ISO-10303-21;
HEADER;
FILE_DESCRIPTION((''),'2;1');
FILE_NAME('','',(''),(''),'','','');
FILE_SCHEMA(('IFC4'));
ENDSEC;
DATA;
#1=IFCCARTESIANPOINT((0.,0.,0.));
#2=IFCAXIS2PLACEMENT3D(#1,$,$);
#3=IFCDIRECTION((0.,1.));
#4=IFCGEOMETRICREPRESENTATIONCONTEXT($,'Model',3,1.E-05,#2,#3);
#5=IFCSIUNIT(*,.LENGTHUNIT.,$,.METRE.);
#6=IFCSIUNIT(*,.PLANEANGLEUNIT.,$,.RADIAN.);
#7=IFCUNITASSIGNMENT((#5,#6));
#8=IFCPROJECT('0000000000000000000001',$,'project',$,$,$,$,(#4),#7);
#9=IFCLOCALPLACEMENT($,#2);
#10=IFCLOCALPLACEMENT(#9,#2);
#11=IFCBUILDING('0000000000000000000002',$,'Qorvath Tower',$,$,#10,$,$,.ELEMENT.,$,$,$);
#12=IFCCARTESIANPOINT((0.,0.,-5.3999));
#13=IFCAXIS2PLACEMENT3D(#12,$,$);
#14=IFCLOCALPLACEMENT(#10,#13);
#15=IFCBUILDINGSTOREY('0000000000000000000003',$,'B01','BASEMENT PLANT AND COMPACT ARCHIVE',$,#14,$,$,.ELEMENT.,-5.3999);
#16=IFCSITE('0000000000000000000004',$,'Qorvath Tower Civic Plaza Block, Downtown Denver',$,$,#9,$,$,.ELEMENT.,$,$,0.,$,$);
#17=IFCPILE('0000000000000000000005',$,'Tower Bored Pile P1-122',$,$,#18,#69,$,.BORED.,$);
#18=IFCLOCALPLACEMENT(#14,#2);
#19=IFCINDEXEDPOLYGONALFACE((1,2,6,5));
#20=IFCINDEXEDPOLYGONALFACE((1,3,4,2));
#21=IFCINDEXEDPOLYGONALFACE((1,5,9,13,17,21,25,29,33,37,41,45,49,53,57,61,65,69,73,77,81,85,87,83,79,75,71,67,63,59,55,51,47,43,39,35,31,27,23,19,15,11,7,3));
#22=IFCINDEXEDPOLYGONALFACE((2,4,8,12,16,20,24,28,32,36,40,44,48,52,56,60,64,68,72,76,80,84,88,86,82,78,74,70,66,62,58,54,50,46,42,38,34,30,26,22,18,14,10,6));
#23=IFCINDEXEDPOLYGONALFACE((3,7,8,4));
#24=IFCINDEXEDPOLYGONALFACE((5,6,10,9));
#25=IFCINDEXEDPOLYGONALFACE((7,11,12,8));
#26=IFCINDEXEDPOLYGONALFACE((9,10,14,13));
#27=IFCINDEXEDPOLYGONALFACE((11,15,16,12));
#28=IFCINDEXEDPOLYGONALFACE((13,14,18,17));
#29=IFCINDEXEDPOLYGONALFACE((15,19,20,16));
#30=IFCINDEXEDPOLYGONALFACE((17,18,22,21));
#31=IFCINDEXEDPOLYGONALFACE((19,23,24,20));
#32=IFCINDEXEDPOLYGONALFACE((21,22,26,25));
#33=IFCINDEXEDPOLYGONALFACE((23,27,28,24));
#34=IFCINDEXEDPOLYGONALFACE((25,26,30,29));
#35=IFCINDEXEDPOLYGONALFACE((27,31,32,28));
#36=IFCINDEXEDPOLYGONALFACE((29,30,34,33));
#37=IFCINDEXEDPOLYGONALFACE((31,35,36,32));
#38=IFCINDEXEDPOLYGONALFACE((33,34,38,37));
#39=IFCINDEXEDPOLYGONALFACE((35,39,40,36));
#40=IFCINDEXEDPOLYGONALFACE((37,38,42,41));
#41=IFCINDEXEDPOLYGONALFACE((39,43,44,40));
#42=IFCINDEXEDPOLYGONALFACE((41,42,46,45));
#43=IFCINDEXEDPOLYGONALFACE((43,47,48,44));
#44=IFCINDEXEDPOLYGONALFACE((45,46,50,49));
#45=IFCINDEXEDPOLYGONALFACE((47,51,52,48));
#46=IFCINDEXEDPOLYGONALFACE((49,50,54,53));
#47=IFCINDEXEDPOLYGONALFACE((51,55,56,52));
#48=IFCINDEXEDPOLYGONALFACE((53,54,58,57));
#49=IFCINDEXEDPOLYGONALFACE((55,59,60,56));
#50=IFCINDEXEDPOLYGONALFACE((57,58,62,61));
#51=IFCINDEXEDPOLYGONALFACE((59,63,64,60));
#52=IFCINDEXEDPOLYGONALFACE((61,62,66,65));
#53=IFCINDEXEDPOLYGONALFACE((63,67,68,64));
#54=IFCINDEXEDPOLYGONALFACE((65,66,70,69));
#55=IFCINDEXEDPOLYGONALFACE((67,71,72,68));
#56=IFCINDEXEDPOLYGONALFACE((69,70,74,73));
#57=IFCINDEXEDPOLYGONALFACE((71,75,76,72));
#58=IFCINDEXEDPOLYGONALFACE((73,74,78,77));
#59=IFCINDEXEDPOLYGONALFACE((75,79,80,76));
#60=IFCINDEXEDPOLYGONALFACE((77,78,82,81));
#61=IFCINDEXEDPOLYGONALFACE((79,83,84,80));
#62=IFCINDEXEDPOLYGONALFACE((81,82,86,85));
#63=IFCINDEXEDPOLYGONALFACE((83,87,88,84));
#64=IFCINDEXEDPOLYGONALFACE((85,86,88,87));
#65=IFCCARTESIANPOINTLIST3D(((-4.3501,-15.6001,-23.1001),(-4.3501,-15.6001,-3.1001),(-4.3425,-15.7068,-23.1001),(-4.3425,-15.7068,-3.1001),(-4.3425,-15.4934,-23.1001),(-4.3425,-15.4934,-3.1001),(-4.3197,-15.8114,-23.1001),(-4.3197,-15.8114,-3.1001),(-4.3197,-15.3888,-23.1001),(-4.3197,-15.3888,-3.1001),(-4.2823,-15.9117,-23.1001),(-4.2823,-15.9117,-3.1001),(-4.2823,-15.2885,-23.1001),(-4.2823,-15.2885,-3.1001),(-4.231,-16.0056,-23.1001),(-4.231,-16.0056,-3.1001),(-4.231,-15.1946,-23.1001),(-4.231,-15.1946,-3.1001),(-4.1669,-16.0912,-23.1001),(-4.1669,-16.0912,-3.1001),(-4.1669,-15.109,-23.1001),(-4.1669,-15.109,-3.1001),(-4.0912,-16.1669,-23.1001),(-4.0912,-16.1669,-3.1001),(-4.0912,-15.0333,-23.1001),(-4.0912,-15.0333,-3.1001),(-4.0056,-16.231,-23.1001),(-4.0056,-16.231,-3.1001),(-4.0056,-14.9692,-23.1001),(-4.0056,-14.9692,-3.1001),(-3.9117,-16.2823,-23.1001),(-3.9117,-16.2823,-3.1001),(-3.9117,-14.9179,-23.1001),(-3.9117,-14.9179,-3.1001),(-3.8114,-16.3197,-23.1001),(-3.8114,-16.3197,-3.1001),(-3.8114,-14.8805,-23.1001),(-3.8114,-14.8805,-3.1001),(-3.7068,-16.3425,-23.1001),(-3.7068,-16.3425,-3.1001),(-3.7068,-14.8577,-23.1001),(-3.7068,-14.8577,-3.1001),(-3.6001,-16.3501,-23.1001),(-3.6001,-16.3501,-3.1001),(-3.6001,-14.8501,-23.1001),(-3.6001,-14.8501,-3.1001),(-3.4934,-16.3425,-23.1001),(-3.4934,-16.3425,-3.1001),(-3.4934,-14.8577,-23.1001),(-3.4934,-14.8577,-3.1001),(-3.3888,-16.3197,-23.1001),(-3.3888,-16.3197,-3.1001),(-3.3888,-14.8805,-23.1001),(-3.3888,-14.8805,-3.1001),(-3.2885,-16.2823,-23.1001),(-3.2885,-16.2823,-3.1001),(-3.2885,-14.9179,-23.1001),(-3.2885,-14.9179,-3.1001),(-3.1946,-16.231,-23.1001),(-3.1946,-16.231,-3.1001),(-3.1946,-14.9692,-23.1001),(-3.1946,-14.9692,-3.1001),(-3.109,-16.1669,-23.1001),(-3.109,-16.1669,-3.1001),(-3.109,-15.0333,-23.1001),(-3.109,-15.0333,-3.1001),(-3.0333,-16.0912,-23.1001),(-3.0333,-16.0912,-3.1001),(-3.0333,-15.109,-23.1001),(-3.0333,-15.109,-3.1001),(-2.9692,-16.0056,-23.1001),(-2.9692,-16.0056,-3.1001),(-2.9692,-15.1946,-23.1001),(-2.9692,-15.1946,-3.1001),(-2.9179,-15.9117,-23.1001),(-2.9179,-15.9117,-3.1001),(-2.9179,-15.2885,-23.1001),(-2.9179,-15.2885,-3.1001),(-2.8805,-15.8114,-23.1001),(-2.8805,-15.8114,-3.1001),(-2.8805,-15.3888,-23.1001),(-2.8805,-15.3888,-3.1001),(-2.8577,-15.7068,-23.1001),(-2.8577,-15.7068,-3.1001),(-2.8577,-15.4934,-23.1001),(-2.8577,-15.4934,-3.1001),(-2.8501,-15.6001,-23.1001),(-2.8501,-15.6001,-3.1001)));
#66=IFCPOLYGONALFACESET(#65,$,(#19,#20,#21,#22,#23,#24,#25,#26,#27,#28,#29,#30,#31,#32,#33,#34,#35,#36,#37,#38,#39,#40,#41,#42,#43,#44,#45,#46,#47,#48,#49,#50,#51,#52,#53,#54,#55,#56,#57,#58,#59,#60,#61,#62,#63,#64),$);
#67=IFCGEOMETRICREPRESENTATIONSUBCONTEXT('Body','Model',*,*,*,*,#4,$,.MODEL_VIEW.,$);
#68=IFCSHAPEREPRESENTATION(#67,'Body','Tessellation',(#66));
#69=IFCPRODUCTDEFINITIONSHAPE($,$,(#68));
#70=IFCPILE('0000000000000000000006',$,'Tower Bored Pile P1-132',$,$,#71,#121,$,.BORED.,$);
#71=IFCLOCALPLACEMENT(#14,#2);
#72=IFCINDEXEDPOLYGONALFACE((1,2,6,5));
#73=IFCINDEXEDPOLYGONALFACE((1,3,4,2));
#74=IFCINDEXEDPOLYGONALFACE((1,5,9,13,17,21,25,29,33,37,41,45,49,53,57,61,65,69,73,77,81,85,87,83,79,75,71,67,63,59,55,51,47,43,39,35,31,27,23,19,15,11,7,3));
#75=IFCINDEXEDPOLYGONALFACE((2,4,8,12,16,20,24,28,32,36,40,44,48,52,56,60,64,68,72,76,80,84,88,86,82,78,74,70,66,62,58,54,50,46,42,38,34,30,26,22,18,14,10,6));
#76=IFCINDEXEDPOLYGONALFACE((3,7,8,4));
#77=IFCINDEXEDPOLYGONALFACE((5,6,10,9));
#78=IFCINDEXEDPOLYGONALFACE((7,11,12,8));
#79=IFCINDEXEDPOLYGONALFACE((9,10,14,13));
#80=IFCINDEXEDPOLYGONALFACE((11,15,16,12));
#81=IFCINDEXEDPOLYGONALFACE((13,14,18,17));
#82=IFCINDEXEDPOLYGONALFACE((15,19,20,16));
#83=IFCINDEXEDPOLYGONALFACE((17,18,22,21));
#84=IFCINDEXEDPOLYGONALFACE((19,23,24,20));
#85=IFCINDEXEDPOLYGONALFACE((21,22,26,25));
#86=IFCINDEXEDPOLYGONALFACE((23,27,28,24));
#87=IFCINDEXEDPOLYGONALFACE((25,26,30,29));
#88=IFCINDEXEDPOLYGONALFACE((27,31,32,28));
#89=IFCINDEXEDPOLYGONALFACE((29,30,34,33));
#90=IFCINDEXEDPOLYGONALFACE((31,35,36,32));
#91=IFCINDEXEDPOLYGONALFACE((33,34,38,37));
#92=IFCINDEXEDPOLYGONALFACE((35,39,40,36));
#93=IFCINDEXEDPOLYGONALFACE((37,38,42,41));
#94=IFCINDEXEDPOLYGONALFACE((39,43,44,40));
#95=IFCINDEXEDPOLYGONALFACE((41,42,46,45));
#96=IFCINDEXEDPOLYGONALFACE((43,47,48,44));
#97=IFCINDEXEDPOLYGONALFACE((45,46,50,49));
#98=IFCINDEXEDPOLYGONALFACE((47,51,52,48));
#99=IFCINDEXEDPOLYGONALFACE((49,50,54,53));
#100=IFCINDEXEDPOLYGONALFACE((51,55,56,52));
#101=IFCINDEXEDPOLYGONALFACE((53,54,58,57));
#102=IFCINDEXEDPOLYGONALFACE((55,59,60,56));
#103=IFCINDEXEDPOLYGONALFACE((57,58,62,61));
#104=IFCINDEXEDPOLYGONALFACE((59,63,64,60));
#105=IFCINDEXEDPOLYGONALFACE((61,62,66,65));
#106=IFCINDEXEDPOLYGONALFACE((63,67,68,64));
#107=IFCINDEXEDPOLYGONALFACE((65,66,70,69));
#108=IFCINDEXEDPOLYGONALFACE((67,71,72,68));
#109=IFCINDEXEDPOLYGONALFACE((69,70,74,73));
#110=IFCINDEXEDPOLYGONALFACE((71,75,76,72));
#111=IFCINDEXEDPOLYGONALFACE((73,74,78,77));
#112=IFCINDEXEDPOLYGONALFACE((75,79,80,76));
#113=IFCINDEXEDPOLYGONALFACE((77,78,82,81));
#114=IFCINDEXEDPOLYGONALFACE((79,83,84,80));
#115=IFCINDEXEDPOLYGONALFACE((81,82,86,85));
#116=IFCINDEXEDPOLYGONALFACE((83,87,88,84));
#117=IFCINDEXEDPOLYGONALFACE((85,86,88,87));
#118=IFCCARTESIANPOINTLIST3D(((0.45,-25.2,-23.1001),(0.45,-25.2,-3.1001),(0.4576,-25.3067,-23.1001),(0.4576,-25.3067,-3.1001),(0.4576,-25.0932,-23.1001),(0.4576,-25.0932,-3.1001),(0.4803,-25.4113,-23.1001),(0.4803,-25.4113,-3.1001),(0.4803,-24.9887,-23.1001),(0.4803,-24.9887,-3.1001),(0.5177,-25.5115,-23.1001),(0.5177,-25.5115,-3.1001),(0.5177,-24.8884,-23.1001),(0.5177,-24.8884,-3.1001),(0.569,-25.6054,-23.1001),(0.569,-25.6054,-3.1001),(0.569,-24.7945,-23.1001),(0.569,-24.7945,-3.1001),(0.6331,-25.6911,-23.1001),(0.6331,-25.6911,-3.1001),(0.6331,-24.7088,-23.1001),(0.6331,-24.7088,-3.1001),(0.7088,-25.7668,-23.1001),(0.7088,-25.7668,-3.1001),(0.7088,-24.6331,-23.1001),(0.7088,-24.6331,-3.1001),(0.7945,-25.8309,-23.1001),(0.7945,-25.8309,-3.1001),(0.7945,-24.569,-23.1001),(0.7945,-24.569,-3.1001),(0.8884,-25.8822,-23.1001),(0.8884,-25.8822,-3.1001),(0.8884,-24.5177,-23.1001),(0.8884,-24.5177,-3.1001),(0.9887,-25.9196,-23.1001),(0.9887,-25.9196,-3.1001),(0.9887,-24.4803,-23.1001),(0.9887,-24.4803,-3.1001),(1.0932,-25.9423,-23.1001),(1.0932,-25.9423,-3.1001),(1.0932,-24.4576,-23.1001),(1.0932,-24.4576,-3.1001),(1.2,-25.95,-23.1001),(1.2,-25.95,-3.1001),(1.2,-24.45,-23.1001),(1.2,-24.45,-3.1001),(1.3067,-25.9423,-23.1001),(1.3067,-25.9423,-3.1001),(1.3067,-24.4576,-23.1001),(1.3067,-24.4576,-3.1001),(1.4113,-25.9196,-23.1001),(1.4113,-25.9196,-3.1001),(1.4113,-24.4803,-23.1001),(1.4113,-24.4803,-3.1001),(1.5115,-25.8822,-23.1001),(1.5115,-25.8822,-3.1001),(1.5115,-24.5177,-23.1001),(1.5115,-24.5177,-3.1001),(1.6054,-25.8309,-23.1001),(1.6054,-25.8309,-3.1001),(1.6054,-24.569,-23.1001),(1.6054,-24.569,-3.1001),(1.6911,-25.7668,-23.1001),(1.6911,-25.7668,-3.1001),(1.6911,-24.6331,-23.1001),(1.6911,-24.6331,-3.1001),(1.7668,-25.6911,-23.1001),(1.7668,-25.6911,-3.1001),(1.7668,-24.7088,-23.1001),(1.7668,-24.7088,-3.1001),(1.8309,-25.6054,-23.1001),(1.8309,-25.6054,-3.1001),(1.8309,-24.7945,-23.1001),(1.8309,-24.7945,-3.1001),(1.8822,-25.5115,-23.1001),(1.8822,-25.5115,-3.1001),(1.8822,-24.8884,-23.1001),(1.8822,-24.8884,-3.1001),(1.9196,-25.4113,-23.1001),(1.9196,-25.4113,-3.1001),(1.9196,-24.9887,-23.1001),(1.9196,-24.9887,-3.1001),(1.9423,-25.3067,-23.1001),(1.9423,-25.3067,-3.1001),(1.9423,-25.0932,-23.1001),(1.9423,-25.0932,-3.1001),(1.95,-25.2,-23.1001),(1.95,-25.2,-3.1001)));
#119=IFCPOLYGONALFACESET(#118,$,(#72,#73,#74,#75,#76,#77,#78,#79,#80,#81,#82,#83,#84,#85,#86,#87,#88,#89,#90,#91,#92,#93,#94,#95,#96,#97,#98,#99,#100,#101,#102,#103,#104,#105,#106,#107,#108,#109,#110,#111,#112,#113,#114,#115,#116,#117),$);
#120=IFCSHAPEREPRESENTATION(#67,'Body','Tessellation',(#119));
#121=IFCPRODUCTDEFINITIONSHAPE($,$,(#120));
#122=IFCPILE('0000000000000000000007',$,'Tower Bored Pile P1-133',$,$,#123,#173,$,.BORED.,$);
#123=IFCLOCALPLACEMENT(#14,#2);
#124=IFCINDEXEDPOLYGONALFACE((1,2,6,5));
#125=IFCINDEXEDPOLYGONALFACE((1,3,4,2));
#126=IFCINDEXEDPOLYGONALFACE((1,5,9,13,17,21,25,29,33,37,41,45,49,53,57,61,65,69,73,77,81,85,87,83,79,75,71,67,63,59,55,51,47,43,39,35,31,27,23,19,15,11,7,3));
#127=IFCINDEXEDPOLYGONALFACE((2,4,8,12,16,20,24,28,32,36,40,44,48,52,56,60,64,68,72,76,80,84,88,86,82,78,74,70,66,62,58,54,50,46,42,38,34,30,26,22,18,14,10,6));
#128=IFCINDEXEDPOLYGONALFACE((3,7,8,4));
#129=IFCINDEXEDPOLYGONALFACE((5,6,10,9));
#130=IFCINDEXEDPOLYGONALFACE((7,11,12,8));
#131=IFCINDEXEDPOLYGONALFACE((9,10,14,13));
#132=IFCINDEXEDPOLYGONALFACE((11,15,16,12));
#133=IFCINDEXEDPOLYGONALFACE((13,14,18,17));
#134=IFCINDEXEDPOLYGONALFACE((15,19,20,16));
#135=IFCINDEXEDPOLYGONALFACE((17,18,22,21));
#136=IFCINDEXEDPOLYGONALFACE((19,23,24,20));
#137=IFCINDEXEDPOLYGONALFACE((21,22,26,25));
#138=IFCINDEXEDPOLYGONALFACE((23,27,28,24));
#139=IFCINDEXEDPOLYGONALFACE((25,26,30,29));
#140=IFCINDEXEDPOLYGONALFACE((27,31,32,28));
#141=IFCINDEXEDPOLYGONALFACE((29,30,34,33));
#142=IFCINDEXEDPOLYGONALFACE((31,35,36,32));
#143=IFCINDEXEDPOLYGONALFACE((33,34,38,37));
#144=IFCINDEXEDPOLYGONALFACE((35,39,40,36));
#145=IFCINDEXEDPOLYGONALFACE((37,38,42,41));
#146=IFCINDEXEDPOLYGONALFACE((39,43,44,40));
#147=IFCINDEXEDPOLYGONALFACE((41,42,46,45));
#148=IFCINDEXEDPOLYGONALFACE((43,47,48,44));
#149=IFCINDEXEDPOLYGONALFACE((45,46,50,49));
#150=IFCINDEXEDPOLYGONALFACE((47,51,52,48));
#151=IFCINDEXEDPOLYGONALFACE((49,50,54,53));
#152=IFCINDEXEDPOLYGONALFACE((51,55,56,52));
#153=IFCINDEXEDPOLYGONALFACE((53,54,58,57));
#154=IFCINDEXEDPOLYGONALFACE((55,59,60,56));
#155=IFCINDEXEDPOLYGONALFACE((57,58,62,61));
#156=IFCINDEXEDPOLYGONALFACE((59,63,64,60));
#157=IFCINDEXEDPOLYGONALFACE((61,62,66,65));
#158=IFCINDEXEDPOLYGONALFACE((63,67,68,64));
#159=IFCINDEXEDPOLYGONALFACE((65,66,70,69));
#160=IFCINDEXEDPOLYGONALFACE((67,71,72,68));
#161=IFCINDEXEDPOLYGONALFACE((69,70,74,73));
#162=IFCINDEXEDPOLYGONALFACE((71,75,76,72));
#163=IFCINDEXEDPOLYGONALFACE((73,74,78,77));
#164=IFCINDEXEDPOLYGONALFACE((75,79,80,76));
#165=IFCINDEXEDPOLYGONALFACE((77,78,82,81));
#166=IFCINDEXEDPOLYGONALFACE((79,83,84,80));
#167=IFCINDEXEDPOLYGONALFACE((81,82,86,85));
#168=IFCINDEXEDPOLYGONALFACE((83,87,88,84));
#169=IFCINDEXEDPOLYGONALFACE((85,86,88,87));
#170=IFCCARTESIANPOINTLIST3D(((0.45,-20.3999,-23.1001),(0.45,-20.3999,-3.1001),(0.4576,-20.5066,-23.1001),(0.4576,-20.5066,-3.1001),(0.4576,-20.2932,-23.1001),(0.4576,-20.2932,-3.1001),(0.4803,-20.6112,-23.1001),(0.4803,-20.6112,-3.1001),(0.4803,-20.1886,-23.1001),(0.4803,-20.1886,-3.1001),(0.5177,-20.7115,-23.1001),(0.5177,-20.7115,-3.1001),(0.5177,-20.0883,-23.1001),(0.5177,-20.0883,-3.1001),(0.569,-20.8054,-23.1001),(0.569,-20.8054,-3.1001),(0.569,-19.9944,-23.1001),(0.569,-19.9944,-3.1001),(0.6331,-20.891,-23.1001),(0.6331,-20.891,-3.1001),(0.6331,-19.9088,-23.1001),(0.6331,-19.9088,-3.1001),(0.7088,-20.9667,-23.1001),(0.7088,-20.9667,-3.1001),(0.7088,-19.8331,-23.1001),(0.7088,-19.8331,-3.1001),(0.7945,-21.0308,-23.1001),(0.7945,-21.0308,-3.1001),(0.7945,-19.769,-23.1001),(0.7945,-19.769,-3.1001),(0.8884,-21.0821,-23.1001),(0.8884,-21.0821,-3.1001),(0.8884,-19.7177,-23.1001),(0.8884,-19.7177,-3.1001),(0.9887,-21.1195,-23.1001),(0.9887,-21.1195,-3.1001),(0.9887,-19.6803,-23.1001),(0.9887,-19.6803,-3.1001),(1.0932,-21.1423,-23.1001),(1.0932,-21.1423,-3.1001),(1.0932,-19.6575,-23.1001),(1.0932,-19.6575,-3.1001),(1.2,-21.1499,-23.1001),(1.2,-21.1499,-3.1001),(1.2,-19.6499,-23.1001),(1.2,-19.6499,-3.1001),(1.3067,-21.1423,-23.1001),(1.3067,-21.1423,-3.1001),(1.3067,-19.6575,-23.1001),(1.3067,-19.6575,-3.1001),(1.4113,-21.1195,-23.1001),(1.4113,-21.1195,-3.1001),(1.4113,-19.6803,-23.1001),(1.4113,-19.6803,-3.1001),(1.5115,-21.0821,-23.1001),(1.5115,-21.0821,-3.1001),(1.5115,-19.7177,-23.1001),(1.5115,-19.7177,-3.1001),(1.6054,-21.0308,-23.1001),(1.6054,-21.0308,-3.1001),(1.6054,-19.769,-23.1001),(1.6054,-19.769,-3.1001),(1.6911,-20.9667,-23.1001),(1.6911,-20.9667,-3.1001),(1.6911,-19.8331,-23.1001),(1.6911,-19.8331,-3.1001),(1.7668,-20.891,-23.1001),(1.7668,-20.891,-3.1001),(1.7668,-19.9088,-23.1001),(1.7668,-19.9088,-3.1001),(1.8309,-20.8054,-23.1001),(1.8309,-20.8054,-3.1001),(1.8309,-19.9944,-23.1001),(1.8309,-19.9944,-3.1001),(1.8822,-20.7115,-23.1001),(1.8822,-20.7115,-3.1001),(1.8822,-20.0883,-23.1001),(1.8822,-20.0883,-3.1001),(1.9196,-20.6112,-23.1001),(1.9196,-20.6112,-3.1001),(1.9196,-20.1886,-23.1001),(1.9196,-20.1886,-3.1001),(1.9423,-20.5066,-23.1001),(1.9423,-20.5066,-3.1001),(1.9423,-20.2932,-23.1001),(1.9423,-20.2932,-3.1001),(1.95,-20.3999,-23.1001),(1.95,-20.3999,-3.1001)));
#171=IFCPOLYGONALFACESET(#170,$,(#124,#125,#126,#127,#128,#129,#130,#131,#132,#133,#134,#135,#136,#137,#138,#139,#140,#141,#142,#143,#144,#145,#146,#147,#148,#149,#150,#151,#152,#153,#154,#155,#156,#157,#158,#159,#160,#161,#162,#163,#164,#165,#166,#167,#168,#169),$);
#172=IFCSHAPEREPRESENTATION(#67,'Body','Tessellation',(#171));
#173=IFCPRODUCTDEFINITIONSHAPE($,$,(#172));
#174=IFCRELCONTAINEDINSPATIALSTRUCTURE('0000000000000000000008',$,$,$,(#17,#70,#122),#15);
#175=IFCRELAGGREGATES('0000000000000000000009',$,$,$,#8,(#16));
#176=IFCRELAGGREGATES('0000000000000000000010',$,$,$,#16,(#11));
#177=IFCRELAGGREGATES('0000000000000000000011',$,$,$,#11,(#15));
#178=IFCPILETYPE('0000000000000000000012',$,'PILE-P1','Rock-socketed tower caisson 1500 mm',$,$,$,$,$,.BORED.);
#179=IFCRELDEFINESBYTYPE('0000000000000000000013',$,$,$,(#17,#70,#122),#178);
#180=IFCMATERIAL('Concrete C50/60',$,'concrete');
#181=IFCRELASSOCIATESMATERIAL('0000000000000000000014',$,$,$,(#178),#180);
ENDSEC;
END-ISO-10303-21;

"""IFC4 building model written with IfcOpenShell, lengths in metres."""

from ifc_helpers import new_model, si_unit, direction, frame, origin, origin_2d, place, context, subcontext, project, spatial, circle, extrude, material, material_profile, profile_set, type_object, element, save


model = new_model("IFC4")

# Units and contexts
model_context = context("Model", 3, precision=1e-05, world=origin(), true_north=direction((0.0, 1.0)))
body_context = subcontext(model_context, "Body", "Model", "MODEL_VIEW")
ifc_project = project(units=[si_unit("LENGTHUNIT", "METRE"), si_unit("PLANEANGLEUNIT", "RADIAN")], contexts=[model_context])

# Site, building, storey
site_placement = place(None, origin())
site = spatial("IfcSite", under=ifc_project, at=site_placement, Name="Qorvath Tower Civic Plaza Block, Downtown Denver", CompositionType="ELEMENT", RefElevation=0.0)
building_placement = place(site_placement, origin())
building = spatial("IfcBuilding", under=site, at=building_placement, Name="Qorvath Tower", CompositionType="ELEMENT")
storey_placement = place(building_placement, frame((0.0, 0.0, -5.3999)))
storey = spatial("IfcBuildingStorey", under=building, at=storey_placement, Name="B01", Description="BASEMENT PLANT AND COMPACT ARCHIVE", CompositionType="ELEMENT", Elevation=-5.3999)

# Piles
ifc_material_1 = material(Name="Concrete C50/60", Category="concrete")
ifc_material_profile_1 = material_profile(ifc_material_1, circle(Radius=0.75, at=origin_2d()), Name="BORED PILE 1500")
ifc_profile_set_1 = profile_set([ifc_material_profile_1], Name="Concrete C50/60")
pile_type = type_object("IfcPileType", Name="PILE-P1", Description="Rock-socketed tower caisson 1500 mm", PredefinedType="BORED", material=ifc_profile_set_1)
for number, where, z_axis, x_axis, name in (
    (1, (-3.6001, -15.6001, -3.1001), (0.0, 0.0, -1.0), (1.0, 0.0, 0.0), "Tower Bored Pile P1-122"),
    (2, (1.2, -25.2, -3.1001), (0.0, 0.0, -1.0), (1.0, 0.0, 0.0), "Tower Bored Pile P1-132"),
    (3, (1.2, -20.3999, -3.1001), (0.0, 0.0, -1.0), (1.0, 0.0, 0.0), "Tower Bored Pile P1-133"),
):
    element("IfcPile", number, at=place(storey_placement, frame(where, z_axis=z_axis, x_axis=x_axis)), inside=storey, type_object=pile_type, Name=name, PredefinedType="BORED", context=body_context, shape_type="SweptSolid", body=[
        extrude(circle(Radius=0.75, at=origin_2d()), origin(), (0.0, 0.0, 1.0), 20.0),
    ])

save(model, "model.ifc")
